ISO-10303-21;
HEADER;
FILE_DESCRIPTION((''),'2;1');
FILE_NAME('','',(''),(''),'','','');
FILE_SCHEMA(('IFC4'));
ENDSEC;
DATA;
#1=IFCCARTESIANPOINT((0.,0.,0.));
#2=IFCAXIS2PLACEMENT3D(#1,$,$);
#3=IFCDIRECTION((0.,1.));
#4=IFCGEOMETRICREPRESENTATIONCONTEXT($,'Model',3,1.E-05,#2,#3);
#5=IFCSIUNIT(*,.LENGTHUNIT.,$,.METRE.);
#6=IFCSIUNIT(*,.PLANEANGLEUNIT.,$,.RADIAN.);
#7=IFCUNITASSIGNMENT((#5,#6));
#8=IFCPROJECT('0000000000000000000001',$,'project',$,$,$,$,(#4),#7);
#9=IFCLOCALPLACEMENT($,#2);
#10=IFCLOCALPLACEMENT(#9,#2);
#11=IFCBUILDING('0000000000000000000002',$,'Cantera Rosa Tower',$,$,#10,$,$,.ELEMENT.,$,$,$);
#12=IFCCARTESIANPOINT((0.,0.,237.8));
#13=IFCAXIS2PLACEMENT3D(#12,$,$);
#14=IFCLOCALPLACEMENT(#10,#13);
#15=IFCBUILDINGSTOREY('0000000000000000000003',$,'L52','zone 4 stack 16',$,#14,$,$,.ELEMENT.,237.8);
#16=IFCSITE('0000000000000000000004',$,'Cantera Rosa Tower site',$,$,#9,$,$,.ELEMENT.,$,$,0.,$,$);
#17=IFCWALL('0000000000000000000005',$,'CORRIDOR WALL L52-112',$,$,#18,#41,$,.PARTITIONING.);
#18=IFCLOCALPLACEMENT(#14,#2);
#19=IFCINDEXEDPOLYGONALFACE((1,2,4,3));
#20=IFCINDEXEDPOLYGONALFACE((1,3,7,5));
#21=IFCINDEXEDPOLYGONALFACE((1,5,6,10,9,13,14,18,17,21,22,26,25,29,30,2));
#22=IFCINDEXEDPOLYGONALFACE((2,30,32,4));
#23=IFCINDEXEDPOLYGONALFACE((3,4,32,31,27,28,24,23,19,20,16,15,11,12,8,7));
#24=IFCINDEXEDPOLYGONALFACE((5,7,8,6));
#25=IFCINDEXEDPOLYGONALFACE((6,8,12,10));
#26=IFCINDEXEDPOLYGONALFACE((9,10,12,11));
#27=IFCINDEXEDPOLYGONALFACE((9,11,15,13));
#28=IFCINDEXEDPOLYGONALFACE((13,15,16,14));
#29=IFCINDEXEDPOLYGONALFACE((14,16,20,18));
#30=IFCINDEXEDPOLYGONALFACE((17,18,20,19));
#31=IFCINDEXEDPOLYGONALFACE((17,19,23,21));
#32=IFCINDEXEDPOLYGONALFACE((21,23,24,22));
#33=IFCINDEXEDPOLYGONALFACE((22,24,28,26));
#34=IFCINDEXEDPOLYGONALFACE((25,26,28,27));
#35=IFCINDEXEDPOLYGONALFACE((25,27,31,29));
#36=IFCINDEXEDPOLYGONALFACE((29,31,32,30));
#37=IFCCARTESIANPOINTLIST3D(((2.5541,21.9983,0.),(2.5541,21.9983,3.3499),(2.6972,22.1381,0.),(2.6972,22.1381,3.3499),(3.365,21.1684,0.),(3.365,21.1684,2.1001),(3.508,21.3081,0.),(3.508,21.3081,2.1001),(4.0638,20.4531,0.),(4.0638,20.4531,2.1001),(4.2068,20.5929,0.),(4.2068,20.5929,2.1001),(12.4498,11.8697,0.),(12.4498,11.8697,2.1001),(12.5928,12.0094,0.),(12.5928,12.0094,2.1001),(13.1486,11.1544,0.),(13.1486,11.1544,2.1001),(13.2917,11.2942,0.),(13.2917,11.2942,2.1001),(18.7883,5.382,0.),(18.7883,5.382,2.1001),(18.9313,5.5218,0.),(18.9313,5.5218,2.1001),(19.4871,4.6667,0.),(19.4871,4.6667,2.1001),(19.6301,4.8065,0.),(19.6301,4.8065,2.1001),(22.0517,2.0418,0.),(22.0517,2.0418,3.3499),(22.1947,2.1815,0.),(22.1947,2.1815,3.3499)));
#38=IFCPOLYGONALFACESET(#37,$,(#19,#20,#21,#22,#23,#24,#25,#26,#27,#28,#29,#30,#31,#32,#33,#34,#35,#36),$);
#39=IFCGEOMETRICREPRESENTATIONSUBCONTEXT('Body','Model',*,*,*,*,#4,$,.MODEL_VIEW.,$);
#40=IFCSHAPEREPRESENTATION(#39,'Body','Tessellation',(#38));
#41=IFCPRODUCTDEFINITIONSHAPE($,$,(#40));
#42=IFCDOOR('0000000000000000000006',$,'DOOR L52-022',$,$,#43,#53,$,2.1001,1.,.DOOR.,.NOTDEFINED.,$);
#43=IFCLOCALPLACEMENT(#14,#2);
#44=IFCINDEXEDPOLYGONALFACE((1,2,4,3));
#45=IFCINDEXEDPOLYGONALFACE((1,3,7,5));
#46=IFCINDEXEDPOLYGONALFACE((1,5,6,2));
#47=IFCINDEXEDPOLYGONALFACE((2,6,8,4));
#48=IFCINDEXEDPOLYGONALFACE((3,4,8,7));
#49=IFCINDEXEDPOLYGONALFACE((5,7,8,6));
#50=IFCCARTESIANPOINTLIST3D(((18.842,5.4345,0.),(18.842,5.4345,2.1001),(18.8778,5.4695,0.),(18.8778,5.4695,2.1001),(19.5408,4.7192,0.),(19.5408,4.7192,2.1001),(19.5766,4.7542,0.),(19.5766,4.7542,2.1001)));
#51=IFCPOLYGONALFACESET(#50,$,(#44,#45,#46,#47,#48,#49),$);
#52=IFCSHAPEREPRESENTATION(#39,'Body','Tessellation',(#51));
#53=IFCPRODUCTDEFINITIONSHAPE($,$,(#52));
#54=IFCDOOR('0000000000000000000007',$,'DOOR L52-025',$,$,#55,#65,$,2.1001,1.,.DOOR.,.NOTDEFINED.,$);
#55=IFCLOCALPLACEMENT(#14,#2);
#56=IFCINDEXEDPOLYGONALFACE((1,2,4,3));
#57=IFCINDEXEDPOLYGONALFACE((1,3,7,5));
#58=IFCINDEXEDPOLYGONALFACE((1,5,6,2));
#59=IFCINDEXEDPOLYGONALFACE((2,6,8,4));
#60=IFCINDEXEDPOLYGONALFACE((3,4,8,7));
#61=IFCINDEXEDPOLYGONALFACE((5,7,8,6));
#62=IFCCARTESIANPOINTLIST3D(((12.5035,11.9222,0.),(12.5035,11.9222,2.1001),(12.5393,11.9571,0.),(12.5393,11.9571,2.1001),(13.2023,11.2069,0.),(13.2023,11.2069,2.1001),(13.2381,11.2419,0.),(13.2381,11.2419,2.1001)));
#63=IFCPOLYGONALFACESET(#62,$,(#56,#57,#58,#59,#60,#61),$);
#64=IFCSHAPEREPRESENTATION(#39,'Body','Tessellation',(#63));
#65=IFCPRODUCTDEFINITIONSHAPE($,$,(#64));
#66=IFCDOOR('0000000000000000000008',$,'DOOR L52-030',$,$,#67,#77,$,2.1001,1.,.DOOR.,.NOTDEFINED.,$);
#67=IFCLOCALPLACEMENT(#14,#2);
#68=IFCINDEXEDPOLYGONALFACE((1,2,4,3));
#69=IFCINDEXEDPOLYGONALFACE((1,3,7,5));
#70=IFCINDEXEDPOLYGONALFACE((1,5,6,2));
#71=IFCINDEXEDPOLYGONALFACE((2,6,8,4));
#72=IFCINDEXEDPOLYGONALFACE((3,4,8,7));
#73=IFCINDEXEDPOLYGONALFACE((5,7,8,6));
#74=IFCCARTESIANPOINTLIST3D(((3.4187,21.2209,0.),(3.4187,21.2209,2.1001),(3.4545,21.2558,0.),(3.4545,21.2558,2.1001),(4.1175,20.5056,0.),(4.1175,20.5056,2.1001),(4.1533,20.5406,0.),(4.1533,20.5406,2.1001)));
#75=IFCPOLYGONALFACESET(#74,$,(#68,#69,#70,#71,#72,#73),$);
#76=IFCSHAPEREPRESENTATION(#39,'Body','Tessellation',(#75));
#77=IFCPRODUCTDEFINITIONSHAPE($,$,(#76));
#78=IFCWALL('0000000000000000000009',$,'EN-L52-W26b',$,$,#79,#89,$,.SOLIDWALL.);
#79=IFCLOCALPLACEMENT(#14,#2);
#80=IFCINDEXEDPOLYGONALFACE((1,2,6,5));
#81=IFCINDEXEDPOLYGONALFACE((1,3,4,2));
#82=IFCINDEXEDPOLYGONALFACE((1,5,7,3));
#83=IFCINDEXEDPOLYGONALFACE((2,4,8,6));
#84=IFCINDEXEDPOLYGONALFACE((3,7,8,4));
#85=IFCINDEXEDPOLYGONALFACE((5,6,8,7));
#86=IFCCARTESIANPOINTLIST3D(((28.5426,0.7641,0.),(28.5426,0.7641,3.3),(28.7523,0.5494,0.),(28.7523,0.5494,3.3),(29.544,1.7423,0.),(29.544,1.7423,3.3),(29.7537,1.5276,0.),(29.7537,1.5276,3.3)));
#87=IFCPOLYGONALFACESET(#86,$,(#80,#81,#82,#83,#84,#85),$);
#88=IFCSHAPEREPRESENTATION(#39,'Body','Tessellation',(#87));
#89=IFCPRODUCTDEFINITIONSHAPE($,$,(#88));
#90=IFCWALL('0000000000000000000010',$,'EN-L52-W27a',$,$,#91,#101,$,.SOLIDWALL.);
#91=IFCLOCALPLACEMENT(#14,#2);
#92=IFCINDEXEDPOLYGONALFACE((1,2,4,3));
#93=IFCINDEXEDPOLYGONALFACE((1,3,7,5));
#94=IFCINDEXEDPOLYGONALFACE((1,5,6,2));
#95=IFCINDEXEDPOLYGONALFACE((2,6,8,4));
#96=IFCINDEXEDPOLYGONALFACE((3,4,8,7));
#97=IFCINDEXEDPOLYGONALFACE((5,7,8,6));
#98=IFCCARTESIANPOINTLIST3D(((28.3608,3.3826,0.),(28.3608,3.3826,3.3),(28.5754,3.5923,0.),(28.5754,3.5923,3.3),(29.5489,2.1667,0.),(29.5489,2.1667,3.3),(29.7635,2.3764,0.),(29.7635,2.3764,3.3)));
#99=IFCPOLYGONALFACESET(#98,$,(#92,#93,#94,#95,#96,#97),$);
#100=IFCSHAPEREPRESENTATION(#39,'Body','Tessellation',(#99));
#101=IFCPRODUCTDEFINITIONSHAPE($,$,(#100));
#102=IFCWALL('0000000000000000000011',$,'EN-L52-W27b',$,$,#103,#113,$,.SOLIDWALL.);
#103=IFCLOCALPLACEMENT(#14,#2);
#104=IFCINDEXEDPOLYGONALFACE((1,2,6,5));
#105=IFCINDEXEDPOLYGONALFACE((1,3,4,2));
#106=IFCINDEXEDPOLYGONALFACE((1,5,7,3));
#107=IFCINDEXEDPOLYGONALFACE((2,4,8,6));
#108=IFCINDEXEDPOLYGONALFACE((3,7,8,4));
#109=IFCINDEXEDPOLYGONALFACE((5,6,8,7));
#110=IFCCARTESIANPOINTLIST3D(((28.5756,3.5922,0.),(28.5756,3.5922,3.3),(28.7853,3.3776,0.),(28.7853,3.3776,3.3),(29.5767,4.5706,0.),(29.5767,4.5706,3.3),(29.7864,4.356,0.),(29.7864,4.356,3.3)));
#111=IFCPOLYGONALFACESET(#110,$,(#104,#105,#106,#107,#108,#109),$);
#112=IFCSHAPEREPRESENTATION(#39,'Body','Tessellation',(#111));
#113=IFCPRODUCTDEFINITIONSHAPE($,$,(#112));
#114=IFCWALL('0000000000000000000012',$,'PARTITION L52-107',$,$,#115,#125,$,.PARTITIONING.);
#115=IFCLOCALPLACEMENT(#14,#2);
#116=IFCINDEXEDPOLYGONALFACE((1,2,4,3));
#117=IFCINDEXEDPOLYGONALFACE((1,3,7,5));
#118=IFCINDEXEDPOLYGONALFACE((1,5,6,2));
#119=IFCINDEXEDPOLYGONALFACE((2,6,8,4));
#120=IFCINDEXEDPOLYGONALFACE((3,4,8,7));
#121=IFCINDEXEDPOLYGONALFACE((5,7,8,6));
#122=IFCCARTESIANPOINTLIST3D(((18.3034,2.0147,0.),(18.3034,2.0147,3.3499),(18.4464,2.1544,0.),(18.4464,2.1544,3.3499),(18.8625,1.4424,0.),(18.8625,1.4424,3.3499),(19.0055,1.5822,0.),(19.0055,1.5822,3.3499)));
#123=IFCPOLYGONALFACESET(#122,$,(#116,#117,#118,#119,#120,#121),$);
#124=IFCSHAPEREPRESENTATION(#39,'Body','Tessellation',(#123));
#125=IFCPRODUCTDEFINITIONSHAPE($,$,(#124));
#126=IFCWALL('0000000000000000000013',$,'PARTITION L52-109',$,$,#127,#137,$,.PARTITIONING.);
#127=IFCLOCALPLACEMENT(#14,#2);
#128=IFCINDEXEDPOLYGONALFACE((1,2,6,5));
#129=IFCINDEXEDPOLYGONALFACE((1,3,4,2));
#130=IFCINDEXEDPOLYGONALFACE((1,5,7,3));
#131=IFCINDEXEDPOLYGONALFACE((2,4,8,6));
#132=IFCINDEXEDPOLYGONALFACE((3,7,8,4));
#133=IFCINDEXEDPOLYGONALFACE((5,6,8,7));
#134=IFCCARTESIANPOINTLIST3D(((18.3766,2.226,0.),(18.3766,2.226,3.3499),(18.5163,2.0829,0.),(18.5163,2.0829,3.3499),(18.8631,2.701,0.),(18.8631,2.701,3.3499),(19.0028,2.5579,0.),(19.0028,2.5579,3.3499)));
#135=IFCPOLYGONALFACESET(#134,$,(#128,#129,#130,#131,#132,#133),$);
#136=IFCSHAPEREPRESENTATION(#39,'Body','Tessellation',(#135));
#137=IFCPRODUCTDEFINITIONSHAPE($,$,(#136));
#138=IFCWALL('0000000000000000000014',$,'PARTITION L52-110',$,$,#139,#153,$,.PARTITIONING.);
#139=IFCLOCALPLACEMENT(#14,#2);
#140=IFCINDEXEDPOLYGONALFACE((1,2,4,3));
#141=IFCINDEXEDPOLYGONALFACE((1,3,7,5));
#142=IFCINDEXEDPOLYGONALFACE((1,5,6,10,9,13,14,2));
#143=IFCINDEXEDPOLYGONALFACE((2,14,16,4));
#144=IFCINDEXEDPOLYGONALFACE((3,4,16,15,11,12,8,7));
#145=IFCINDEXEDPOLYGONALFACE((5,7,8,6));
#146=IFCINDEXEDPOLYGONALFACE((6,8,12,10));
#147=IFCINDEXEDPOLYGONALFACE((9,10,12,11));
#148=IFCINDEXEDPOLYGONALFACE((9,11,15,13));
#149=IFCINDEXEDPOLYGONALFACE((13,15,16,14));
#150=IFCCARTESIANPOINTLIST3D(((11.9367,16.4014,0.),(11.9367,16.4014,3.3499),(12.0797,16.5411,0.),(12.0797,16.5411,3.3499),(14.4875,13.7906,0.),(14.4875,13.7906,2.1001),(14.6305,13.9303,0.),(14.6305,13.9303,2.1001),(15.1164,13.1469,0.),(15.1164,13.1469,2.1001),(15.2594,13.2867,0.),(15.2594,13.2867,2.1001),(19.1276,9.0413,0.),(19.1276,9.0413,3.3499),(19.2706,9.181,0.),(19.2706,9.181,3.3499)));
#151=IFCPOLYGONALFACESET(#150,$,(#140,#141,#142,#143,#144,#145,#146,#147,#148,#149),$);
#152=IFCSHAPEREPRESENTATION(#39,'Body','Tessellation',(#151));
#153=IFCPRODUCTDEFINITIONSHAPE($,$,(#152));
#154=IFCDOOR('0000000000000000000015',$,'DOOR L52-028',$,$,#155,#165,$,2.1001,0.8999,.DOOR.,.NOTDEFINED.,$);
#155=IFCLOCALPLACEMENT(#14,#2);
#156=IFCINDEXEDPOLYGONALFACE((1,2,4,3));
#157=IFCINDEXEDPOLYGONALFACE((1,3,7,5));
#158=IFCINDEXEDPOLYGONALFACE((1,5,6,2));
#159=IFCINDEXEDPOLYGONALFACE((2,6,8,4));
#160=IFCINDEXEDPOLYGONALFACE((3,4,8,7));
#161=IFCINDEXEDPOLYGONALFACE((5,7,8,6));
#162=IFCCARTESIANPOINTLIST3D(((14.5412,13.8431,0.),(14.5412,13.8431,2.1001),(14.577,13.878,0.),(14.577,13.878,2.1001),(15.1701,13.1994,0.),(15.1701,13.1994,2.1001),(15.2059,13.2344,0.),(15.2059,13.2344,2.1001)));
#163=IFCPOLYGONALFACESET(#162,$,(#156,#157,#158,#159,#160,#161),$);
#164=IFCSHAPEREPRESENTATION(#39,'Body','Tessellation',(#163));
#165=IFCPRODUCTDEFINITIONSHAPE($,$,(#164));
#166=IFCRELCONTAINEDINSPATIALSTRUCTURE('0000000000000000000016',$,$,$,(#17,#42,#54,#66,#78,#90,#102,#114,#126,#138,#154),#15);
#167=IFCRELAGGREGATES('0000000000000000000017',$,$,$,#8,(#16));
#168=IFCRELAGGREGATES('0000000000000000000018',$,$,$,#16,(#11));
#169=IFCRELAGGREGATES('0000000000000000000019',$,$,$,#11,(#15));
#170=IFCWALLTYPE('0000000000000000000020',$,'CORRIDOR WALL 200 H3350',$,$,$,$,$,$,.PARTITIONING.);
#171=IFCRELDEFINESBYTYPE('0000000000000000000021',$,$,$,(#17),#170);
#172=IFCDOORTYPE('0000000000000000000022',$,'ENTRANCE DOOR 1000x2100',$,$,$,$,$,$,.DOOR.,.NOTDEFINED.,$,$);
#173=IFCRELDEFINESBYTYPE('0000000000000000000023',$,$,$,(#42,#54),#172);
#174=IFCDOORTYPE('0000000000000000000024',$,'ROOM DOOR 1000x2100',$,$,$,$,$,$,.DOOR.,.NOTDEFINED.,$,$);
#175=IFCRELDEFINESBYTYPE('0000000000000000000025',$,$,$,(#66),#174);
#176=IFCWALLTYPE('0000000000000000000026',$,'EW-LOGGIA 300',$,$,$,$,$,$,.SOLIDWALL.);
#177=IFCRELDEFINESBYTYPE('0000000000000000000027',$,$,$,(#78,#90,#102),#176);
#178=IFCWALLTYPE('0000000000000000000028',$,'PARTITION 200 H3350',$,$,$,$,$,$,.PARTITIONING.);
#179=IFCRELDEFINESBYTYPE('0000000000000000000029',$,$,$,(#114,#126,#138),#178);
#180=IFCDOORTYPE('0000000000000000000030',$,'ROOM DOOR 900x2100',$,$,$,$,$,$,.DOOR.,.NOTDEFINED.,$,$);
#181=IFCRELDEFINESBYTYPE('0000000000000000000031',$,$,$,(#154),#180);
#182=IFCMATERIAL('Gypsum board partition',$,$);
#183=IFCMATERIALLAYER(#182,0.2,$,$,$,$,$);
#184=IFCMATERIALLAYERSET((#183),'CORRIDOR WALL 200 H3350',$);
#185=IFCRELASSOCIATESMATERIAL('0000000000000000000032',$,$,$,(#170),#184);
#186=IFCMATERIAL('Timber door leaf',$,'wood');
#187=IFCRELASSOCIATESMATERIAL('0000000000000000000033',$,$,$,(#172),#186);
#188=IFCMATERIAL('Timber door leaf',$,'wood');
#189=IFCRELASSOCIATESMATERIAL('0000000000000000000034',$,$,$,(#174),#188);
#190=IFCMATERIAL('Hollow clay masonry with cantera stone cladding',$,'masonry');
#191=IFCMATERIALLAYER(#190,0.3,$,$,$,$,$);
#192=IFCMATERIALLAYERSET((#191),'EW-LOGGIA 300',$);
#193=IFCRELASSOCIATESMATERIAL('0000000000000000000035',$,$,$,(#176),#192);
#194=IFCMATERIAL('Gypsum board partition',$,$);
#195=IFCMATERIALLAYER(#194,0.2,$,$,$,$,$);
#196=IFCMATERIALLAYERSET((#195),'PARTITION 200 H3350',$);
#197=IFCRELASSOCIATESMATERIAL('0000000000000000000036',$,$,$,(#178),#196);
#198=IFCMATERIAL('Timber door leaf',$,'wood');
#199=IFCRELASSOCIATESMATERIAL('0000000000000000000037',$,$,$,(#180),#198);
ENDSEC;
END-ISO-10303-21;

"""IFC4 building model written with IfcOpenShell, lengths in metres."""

from ifc_helpers import new_model, si_unit, direction, frame, frame_2d, origin, place, context, subcontext, project, spatial, rectangle, extrude, material, layer, layer_set, type_object, element, fill, save


model = new_model("IFC4")

# Units and contexts
model_context = context("Model", 3, precision=1e-05, world=origin(), true_north=direction((0.0, 1.0)))
body_context = subcontext(model_context, "Body", "Model", "MODEL_VIEW")
ifc_project = project(units=[si_unit("LENGTHUNIT", "METRE"), si_unit("PLANEANGLEUNIT", "RADIAN")], contexts=[model_context])

# Site, building, storey
site_placement = place(None, origin())
site = spatial("IfcSite", under=ifc_project, at=site_placement, Name="Cantera Rosa Tower site", CompositionType="ELEMENT", RefElevation=0.0)
building_placement = place(site_placement, origin())
building = spatial("IfcBuilding", under=site, at=building_placement, Name="Cantera Rosa Tower", CompositionType="ELEMENT")
storey_placement = place(building_placement, frame((0.0, 0.0, 237.8)))
storey = spatial("IfcBuildingStorey", under=building, at=storey_placement, Name="L52", Description="zone 4 stack 16", CompositionType="ELEMENT", Elevation=237.8)

# Shared definitions
ifc_material_1 = material(Name="Gypsum board partition")
ifc_layer_1 = layer(ifc_material_1, 0.2)
ifc_layer_set_1 = layer_set([ifc_layer_1], Name="CORRIDOR WALL 200 H3350")
wall_type_1 = type_object("IfcWallType", Name="CORRIDOR WALL 200 H3350", PredefinedType="PARTITIONING", material=ifc_layer_set_1)

# Wall, openings, doors
wall_1_placement = place(storey_placement, frame((22.1233, 2.1116, 0.0), z_axis=(0.0, 0.0, 1.0), x_axis=(-0.698833, 0.715284, 0.0)))
wall_1 = element("IfcWall", 1, at=wall_1_placement, inside=storey, type_object=wall_type_1, Name="CORRIDOR WALL L52-112", PredefinedType="PARTITIONING", context=body_context, shape_type="SweptSolid", body=[
    extrude(rectangle(XDim=27.9001, YDim=0.2, at=frame_2d((13.9502, 0.0))), origin(), (0.0, 0.0, 1.0), 3.3499),
])
opening_1_placement = place(wall_1_placement, frame((3.6699, 0.0, 0.0)))
opening_1 = element("IfcOpeningElement", 2, at=opening_1_placement, cuts=wall_1, PredefinedType="OPENING", context=body_context, shape_type="SweptSolid", body=[
    extrude(rectangle(XDim=1.0, YDim=2.1001, at=frame_2d((0.5, 1.05))), frame((0.0, 0.1099, 0.0), z_axis=(0.0, -1.0, 0.0), x_axis=(1.0, 0.0, 0.0)), (0.0, 0.0, 1.0), 0.22),
])
opening_2_placement = place(wall_1_placement, frame((12.74, 0.0, 0.0)))
opening_2 = element("IfcOpeningElement", 3, at=opening_2_placement, cuts=wall_1, PredefinedType="OPENING", context=body_context, shape_type="SweptSolid", body=[
    extrude(rectangle(XDim=1.0, YDim=2.1001, at=frame_2d((0.5, 1.05))), frame((0.0, 0.1099, 0.0), z_axis=(0.0, -1.0, 0.0), x_axis=(1.0, 0.0, 0.0)), (0.0, 0.0, 1.0), 0.22),
])
opening_3_placement = place(wall_1_placement, frame((25.74, 0.0, 0.0)))
opening_3 = element("IfcOpeningElement", 4, at=opening_3_placement, cuts=wall_1, PredefinedType="OPENING", context=body_context, shape_type="SweptSolid", body=[
    extrude(rectangle(XDim=1.0, YDim=2.1001, at=frame_2d((0.5, 1.05))), frame((0.0, 0.1099, 0.0), z_axis=(0.0, -1.0, 0.0), x_axis=(1.0, 0.0, 0.0)), (0.0, 0.0, 1.0), 0.22),
])
ifc_material_2 = material(Name="Timber door leaf", Category="wood")
door_type_1 = type_object("IfcDoorType", Name="ENTRANCE DOOR 1000x2100", OperationType="NOTDEFINED", PredefinedType="DOOR", material=ifc_material_2)
door_1_placement = place(opening_1_placement, origin())
door_1 = element("IfcDoor", 5, at=door_1_placement, inside=storey, type_object=door_type_1, Name="DOOR L52-022", OperationType="NOTDEFINED", OverallHeight=2.1001, OverallWidth=1.0, PredefinedType="DOOR", context=body_context, shape_type="SweptSolid", body=[
    extrude(rectangle(XDim=1.0, YDim=2.1001, at=frame_2d((0.5, 1.05))), frame((0.0, 0.0249, 0.0), z_axis=(0.0, -1.0, 0.0), x_axis=(1.0, 0.0, 0.0)), (0.0, 0.0, 1.0), 0.05),
])
fill(opening_1, door_1)
door_2_placement = place(opening_2_placement, origin())
door_2 = element("IfcDoor", 6, at=door_2_placement, inside=storey, type_object=door_type_1, Name="DOOR L52-025", OperationType="NOTDEFINED", OverallHeight=2.1001, OverallWidth=1.0, PredefinedType="DOOR", context=body_context, shape_type="SweptSolid", body=[
    extrude(rectangle(XDim=1.0, YDim=2.1001, at=frame_2d((0.5, 1.05))), frame((0.0, 0.0249, 0.0), z_axis=(0.0, -1.0, 0.0), x_axis=(1.0, 0.0, 0.0)), (0.0, 0.0, 1.0), 0.05),
])
fill(opening_2, door_2)
ifc_material_3 = material(Name="Timber door leaf", Category="wood")
door_type_2 = type_object("IfcDoorType", Name="ROOM DOOR 1000x2100", OperationType="NOTDEFINED", PredefinedType="DOOR", material=ifc_material_3)
door_3_placement = place(opening_3_placement, origin())
door_3 = element("IfcDoor", 7, at=door_3_placement, inside=storey, type_object=door_type_2, Name="DOOR L52-030", OperationType="NOTDEFINED", OverallHeight=2.1001, OverallWidth=1.0, PredefinedType="DOOR", context=body_context, shape_type="SweptSolid", body=[
    extrude(rectangle(XDim=1.0, YDim=2.1001, at=frame_2d((0.5, 1.05))), frame((0.0, 0.0249, 0.0), z_axis=(0.0, -1.0, 0.0), x_axis=(1.0, 0.0, 0.0)), (0.0, 0.0, 1.0), 0.05),
])
fill(opening_3, door_3)

# Walls
ifc_material_4 = material(Name="Hollow clay masonry with cantera stone cladding", Category="masonry")
ifc_layer_2 = layer(ifc_material_4, 0.3)
ifc_layer_set_2 = layer_set([ifc_layer_2], Name="EW-LOGGIA 300")
wall_type_2 = type_object("IfcWallType", Name="EW-LOGGIA 300", PredefinedType="SOLIDWALL", material=ifc_layer_set_2)
wall_2_placement = place(storey_placement, frame((28.6475, 0.6567, 0.0), z_axis=(0.0, 0.0, 1.0), x_axis=(0.715342, 0.698775, 0.0)))
element("IfcWall", 8, at=wall_2_placement, inside=storey, type_object=wall_type_2, Name="EN-L52-W26b", PredefinedType="SOLIDWALL", context=body_context, shape_type="SweptSolid", body=[
    extrude(rectangle(XDim=1.3999, YDim=0.3, at=frame_2d((0.7, 0.0))), origin(), (0.0, 0.0, 1.0), 3.3),
])
wall_3_placement = place(storey_placement, frame((29.6562, 2.2715, 0.0), z_axis=(0.0, 0.0, 1.0), x_axis=(-0.698873, 0.715246, 0.0)))
element("IfcWall", 9, at=wall_3_placement, inside=storey, type_object=wall_type_2, Name="EN-L52-W27a", PredefinedType="SOLIDWALL", context=body_context, shape_type="SweptSolid", body=[
    extrude(rectangle(XDim=1.7, YDim=0.3, at=frame_2d((0.8501, 0.0))), origin(), (0.0, 0.0, 1.0), 3.3),
])
wall_4_placement = place(storey_placement, frame((28.6804, 3.4849, 0.0), z_axis=(0.0, 0.0, 1.0), x_axis=(0.715169, 0.698951, 0.0)))
element("IfcWall", 10, at=wall_4_placement, inside=storey, type_object=wall_type_2, Name="EN-L52-W27b", PredefinedType="SOLIDWALL", context=body_context, shape_type="SweptSolid", body=[
    extrude(rectangle(XDim=1.3999, YDim=0.3, at=frame_2d((0.7, 0.0))), origin(), (0.0, 0.0, 1.0), 3.3),
])

# Walls
ifc_material_5 = material(Name="Gypsum board partition")
ifc_layer_3 = layer(ifc_material_5, 0.2)
ifc_layer_set_3 = layer_set([ifc_layer_3], Name="PARTITION 200 H3350")
wall_type_3 = type_object("IfcWallType", Name="PARTITION 200 H3350", PredefinedType="PARTITIONING", material=ifc_layer_set_3)
wall_5_placement = place(storey_placement, frame((18.375, 2.0845, 0.0), z_axis=(0.0, 0.0, 1.0), x_axis=(0.698819, -0.715298, 0.0)))
element("IfcWall", 11, at=wall_5_placement, inside=storey, type_object=wall_type_3, Name="PARTITION L52-107", PredefinedType="PARTITIONING", context=body_context, shape_type="SweptSolid", body=[
    extrude(rectangle(XDim=0.8, YDim=0.2, at=frame_2d((0.3999, 0.0))), origin(), (0.0, 0.0, 1.0), 3.3499),
])
wall_6_placement = place(storey_placement, frame((18.9329, 2.6294, 0.0), z_axis=(0.0, 0.0, 1.0), x_axis=(-0.715493, -0.69862, 0.0)))
element("IfcWall", 12, at=wall_6_placement, inside=storey, type_object=wall_type_3, Name="PARTITION L52-109", PredefinedType="PARTITIONING", context=body_context, shape_type="SweptSolid", body=[
    extrude(rectangle(XDim=0.6799, YDim=0.2, at=frame_2d((0.3398, 0.0))), origin(), (0.0, 0.0, 1.0), 3.3499),
])

# Wall, opening, door
wall_7_placement = place(storey_placement, frame((19.1992, 9.1111, 0.0), z_axis=(0.0, 0.0, 1.0), x_axis=(-0.698838, 0.71528, 0.0)))
wall_7 = element("IfcWall", 13, at=wall_7_placement, inside=storey, type_object=wall_type_3, Name="PARTITION L52-110", PredefinedType="PARTITIONING", context=body_context, shape_type="SweptSolid", body=[
    extrude(rectangle(XDim=10.2898, YDim=0.2, at=frame_2d((5.145, 0.0))), origin(), (0.0, 0.0, 1.0), 3.3499),
])
opening_4_placement = place(wall_7_placement, frame((5.74, 0.0, 0.0)))
opening_4 = element("IfcOpeningElement", 14, at=opening_4_placement, cuts=wall_7, PredefinedType="OPENING", context=body_context, shape_type="SweptSolid", body=[
    extrude(rectangle(XDim=0.8999, YDim=2.1001, at=frame_2d((0.45, 1.05))), frame((0.0, 0.1099, 0.0), z_axis=(0.0, -1.0, 0.0), x_axis=(1.0, 0.0, 0.0)), (0.0, 0.0, 1.0), 0.22),
])
ifc_material_6 = material(Name="Timber door leaf", Category="wood")
door_type_3 = type_object("IfcDoorType", Name="ROOM DOOR 900x2100", OperationType="NOTDEFINED", PredefinedType="DOOR", material=ifc_material_6)
door_4_placement = place(opening_4_placement, origin())
door_4 = element("IfcDoor", 15, at=door_4_placement, inside=storey, type_object=door_type_3, Name="DOOR L52-028", OperationType="NOTDEFINED", OverallHeight=2.1001, OverallWidth=0.8999, PredefinedType="DOOR", context=body_context, shape_type="SweptSolid", body=[
    extrude(rectangle(XDim=0.8999, YDim=2.1001, at=frame_2d((0.45, 1.05))), frame((0.0, 0.0249, 0.0), z_axis=(0.0, -1.0, 0.0), x_axis=(1.0, 0.0, 0.0)), (0.0, 0.0, 1.0), 0.05),
])
fill(opening_4, door_4)

save(model, "model.ifc")
